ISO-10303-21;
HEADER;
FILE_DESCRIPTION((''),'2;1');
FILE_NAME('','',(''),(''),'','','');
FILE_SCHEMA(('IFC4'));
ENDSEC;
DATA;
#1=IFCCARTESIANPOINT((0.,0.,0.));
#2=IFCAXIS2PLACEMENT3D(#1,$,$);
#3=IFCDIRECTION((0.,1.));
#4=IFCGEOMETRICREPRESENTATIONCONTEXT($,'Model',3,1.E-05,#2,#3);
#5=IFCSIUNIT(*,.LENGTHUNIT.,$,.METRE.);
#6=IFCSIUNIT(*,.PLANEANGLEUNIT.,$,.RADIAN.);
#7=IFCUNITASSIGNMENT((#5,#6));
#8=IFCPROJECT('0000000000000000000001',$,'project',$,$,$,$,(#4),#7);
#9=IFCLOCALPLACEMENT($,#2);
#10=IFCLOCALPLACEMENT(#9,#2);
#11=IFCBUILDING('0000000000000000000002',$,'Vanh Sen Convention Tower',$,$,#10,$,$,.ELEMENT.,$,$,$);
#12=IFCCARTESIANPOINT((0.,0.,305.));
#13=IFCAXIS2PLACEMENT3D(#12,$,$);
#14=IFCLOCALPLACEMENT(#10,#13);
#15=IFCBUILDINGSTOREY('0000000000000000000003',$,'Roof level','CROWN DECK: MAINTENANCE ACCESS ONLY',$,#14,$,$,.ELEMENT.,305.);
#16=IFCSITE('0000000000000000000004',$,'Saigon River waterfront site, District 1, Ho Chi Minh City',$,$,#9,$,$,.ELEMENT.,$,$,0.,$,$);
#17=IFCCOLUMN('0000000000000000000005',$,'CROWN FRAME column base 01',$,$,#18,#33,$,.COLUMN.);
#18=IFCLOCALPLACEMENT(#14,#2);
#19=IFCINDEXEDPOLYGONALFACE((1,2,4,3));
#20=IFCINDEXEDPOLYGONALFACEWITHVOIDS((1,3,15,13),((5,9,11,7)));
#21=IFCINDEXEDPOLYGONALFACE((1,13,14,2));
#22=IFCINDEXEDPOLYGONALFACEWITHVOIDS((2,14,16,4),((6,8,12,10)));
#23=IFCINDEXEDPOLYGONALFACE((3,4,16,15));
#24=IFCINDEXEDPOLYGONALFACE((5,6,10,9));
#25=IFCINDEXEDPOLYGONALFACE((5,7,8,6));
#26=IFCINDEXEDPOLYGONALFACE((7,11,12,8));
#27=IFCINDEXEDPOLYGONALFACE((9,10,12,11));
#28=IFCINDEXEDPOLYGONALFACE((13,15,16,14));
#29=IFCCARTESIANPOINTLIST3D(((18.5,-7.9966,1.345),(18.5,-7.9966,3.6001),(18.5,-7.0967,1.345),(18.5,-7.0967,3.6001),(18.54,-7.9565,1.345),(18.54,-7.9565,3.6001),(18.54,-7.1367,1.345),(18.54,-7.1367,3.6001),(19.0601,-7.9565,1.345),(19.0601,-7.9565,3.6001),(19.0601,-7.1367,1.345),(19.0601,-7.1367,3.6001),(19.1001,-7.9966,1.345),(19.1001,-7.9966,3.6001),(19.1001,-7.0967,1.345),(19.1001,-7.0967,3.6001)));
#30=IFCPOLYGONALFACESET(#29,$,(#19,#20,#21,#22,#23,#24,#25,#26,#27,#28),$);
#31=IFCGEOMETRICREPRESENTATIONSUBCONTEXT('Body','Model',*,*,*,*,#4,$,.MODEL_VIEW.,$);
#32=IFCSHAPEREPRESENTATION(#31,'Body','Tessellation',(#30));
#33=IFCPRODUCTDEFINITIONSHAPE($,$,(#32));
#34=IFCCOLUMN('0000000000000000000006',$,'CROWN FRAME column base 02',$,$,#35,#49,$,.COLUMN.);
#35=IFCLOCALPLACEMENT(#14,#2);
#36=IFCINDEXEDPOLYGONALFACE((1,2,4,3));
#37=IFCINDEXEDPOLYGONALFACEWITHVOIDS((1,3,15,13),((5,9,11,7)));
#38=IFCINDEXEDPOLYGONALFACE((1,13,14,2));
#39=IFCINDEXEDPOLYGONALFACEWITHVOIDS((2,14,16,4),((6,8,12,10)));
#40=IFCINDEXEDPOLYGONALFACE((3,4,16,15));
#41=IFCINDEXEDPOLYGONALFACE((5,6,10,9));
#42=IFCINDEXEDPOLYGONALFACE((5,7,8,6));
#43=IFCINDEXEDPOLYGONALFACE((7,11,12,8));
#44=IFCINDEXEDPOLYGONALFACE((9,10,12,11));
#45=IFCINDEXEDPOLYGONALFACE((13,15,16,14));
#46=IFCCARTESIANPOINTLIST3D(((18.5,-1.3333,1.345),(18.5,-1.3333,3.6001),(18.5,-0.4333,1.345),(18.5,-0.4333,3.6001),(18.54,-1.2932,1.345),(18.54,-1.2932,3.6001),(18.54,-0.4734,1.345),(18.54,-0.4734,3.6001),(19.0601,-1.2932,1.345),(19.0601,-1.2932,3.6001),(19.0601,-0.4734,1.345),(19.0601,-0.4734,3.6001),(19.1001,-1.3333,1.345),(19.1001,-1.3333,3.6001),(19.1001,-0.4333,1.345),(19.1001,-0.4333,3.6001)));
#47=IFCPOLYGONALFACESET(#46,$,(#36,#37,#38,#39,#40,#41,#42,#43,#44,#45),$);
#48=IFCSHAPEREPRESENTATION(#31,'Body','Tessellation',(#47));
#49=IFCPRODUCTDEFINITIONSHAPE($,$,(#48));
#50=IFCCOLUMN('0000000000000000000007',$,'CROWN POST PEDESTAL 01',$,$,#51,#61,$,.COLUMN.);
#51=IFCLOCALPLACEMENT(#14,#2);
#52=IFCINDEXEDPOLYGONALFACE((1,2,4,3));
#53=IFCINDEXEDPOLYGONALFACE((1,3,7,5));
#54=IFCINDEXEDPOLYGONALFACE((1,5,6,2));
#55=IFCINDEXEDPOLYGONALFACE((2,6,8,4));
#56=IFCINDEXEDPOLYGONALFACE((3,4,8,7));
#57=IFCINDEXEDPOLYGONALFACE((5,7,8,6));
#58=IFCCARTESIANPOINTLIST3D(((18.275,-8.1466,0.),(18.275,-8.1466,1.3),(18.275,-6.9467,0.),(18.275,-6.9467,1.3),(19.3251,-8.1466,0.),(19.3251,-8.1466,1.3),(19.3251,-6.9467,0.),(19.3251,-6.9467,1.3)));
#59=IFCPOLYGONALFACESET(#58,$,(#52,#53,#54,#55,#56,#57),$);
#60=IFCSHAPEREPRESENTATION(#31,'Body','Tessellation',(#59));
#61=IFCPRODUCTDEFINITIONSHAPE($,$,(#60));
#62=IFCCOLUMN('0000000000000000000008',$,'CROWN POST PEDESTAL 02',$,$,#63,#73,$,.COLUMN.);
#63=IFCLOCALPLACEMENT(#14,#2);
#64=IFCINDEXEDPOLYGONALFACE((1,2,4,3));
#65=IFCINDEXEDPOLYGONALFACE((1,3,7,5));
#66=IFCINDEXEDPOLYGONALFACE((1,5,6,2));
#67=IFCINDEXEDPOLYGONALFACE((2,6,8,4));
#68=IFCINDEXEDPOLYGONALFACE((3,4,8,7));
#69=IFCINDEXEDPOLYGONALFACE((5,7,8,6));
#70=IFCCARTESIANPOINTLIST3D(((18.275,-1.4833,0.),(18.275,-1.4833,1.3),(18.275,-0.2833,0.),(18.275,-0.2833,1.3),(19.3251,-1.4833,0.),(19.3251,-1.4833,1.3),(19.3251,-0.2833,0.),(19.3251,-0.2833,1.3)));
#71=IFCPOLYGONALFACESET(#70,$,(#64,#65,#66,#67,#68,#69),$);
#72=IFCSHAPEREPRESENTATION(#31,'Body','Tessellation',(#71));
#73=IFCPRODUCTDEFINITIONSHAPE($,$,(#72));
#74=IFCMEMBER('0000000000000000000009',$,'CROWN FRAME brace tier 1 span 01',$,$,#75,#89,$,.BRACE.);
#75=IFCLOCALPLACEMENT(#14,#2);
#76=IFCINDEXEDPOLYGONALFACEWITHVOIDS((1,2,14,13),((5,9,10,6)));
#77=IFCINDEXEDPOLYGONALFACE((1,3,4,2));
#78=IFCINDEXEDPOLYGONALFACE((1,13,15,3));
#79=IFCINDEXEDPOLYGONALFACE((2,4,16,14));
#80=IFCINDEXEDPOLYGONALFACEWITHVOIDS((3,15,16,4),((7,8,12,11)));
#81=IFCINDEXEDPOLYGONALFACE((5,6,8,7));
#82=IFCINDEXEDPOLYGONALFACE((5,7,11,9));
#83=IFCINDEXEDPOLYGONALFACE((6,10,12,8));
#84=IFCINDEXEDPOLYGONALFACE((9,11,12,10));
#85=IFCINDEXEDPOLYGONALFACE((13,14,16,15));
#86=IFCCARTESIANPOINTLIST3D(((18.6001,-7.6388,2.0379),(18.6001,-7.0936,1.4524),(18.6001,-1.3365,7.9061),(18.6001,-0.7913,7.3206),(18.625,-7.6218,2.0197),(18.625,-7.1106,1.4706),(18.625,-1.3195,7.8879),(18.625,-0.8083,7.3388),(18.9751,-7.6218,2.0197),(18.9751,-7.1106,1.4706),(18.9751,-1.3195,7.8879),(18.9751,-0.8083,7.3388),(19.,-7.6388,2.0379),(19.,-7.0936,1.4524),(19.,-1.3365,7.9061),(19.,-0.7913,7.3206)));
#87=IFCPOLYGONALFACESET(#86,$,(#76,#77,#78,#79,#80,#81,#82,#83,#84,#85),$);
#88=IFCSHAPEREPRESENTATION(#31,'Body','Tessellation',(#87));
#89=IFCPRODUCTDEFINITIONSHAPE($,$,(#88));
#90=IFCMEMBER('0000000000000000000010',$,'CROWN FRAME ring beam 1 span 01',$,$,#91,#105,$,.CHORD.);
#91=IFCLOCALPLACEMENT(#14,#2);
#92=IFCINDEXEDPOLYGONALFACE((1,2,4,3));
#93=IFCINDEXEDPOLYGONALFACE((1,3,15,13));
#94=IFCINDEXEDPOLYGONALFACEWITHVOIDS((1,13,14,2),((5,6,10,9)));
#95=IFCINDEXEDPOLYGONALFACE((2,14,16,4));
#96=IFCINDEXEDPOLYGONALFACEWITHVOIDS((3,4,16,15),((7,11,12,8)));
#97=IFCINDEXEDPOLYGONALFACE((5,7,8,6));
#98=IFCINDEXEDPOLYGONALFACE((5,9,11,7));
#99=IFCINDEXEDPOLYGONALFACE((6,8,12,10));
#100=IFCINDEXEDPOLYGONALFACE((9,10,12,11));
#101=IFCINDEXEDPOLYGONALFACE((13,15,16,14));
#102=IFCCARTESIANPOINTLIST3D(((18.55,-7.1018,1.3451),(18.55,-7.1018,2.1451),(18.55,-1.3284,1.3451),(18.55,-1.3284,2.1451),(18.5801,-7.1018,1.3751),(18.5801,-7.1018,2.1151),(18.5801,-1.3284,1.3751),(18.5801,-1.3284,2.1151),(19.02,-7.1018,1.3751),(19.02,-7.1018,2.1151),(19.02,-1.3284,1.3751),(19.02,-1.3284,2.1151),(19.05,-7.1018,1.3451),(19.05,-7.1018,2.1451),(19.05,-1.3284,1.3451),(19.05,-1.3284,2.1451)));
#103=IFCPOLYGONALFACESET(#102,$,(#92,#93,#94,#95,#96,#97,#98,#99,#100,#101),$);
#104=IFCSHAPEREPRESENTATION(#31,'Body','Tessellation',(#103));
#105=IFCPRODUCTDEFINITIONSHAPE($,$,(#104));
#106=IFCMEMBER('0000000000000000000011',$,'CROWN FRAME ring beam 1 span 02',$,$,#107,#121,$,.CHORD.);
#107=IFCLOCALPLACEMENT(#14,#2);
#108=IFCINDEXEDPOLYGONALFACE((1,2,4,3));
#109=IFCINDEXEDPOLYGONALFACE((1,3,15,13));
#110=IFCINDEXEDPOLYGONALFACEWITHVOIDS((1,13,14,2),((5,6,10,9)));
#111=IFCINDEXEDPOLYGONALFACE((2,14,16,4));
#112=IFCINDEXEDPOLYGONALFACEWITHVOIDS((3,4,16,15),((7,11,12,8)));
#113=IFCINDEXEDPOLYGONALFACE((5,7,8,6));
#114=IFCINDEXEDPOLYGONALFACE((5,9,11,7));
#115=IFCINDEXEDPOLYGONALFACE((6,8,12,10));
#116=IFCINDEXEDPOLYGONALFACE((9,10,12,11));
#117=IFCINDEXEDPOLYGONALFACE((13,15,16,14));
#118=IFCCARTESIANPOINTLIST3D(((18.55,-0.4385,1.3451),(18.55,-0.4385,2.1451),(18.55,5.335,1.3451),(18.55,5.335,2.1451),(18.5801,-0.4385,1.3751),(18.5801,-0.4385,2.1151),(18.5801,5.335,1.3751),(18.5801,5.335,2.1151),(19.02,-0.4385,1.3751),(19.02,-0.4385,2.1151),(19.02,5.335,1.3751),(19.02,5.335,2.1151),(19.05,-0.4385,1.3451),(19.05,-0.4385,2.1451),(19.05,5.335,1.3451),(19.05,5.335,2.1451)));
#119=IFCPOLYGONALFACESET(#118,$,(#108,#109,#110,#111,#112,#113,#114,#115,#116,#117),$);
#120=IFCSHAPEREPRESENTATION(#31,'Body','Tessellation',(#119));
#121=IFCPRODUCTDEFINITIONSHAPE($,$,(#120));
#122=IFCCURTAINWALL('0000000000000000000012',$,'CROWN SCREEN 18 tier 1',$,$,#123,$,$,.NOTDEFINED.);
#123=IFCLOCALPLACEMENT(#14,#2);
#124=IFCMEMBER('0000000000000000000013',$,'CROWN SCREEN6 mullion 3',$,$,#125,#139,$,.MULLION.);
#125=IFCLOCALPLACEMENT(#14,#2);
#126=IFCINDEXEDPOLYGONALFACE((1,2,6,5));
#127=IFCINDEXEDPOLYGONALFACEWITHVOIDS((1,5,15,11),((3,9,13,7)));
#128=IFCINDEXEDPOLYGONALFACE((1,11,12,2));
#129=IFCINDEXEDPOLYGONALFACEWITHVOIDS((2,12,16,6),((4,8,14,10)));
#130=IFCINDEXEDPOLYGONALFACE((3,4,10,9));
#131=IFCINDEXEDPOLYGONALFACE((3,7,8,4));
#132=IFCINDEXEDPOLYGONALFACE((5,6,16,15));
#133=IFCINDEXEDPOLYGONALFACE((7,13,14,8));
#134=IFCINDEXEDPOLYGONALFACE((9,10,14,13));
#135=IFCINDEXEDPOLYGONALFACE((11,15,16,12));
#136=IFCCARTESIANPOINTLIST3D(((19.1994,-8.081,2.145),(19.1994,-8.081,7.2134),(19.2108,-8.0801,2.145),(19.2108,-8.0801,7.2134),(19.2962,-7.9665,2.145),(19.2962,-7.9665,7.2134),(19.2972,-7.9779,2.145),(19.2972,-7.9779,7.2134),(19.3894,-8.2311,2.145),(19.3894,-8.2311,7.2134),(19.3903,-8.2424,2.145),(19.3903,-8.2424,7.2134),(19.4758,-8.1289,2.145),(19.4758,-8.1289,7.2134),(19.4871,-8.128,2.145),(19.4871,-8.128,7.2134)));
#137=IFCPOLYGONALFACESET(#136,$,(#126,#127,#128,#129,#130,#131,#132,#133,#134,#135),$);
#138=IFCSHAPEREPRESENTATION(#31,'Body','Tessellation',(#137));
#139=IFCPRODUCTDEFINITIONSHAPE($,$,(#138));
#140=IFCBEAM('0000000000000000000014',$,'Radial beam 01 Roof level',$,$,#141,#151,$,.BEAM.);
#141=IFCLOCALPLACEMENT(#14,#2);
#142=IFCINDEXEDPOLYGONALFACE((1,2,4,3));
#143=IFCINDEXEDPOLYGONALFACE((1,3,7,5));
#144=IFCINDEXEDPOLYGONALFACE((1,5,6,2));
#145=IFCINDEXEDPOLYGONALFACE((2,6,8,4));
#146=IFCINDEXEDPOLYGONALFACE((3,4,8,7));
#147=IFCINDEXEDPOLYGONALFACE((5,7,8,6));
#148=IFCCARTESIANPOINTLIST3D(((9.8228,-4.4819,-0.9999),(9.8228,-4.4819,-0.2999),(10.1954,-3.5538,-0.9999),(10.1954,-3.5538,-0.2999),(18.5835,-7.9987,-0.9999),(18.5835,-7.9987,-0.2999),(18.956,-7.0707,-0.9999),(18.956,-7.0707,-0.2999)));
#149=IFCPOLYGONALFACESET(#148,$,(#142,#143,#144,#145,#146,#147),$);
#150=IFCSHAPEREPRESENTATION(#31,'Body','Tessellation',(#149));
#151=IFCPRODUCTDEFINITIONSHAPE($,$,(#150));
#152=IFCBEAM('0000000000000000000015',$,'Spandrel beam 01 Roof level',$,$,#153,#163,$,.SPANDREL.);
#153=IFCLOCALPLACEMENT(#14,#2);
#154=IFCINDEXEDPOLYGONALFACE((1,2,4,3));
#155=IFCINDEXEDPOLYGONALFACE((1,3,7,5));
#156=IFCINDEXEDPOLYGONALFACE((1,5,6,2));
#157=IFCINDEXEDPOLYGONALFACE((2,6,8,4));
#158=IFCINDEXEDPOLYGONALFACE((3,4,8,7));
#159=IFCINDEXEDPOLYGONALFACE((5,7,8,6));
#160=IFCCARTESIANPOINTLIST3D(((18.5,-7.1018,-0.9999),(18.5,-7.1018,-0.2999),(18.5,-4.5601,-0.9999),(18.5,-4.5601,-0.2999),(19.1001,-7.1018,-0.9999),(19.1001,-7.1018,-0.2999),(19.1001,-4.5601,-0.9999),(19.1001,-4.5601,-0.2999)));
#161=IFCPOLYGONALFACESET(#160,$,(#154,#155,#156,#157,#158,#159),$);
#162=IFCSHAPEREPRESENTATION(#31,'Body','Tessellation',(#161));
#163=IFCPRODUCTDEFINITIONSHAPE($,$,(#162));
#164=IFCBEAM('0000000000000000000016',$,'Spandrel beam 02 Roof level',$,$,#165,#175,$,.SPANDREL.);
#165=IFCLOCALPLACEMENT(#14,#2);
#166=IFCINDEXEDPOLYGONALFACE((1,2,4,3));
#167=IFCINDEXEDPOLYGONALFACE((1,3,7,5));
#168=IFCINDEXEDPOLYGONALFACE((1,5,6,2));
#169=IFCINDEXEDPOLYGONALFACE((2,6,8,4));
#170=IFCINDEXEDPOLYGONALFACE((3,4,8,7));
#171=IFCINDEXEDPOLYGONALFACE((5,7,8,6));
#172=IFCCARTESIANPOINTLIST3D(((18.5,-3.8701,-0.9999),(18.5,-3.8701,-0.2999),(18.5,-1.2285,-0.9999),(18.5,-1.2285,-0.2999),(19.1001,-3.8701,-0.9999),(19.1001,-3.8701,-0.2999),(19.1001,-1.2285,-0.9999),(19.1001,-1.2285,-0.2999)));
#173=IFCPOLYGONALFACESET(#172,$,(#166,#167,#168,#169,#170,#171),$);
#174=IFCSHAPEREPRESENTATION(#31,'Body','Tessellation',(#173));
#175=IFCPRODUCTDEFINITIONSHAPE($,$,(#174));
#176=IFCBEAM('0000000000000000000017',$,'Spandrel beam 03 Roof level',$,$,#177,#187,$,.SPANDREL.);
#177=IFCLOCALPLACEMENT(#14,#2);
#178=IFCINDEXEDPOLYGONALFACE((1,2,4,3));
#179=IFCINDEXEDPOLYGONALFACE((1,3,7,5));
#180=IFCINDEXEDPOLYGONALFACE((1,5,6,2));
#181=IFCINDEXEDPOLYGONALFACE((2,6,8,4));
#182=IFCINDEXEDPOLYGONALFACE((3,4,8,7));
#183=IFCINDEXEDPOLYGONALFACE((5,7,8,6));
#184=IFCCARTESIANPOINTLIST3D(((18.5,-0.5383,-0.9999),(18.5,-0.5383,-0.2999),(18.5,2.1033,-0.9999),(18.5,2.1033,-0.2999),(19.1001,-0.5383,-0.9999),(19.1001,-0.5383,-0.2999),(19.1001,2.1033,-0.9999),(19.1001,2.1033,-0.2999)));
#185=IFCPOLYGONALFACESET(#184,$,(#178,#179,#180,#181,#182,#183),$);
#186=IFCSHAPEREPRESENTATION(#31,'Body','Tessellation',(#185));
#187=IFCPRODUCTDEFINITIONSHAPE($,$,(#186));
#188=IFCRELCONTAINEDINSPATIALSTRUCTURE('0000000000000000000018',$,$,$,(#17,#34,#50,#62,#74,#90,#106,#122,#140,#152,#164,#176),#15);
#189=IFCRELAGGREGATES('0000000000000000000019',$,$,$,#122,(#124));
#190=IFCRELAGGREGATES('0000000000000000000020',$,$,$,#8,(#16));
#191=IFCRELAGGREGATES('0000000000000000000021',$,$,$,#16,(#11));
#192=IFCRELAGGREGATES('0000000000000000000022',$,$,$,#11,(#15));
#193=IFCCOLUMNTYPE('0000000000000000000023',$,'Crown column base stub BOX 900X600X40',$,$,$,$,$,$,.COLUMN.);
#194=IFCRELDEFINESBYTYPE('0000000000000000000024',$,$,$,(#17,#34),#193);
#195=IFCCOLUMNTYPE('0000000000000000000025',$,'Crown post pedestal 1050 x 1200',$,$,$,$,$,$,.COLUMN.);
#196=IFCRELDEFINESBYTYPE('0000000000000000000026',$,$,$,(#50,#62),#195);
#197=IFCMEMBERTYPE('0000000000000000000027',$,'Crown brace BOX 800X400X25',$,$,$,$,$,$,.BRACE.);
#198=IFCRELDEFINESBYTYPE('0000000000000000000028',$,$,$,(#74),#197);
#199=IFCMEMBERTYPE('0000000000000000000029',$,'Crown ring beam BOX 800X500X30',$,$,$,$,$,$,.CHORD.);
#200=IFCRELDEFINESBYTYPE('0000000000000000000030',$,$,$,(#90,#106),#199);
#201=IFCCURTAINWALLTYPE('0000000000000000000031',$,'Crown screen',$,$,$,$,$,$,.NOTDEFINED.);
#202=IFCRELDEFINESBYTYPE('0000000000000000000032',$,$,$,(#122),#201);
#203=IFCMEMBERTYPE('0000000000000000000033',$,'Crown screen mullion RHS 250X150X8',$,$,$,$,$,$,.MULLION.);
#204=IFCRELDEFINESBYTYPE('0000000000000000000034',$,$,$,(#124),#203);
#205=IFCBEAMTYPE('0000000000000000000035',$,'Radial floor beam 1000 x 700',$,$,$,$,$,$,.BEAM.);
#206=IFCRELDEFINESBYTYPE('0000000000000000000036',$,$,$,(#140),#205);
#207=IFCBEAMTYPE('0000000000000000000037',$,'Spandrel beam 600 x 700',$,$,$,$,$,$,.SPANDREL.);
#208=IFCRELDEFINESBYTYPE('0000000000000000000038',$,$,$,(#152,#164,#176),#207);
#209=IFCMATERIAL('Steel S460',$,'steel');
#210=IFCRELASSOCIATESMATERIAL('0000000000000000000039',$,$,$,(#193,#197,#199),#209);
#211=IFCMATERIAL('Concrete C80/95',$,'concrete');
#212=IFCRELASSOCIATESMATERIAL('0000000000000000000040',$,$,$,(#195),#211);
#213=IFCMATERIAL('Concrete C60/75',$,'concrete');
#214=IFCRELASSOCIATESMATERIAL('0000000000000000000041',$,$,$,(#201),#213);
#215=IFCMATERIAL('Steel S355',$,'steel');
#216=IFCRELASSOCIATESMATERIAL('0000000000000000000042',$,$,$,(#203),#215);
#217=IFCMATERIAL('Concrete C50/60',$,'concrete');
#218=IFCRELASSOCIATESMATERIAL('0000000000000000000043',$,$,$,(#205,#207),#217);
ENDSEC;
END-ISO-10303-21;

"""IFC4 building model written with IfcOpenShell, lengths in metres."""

from ifc_helpers import new_model, si_unit, direction, frame, origin, origin_2d, place, context, subcontext, project, spatial, rectangle, hollow_rectangle, extrude, material, material_profile, profile_set, type_object, element, aggregate, save


model = new_model("IFC4")

# Units and contexts
model_context = context("Model", 3, precision=1e-05, world=origin(), true_north=direction((0.0, 1.0)))
body_context = subcontext(model_context, "Body", "Model", "MODEL_VIEW")
ifc_project = project(units=[si_unit("LENGTHUNIT", "METRE"), si_unit("PLANEANGLEUNIT", "RADIAN")], contexts=[model_context])

# Site, building, storey
site_placement = place(None, origin())
site = spatial("IfcSite", under=ifc_project, at=site_placement, Name="Saigon River waterfront site, District 1, Ho Chi Minh City", CompositionType="ELEMENT", RefElevation=0.0)
building_placement = place(site_placement, origin())
building = spatial("IfcBuilding", under=site, at=building_placement, Name="Vanh Sen Convention Tower", CompositionType="ELEMENT")
storey_placement = place(building_placement, frame((0.0, 0.0, 305.0)))
storey = spatial("IfcBuildingStorey", under=building, at=storey_placement, Name="Roof level", Description="CROWN DECK: MAINTENANCE ACCESS ONLY", CompositionType="ELEMENT", Elevation=305.0)

# Columns
ifc_material_1 = material(Name="Steel S460", Category="steel")
ifc_material_profile_1 = material_profile(ifc_material_1, hollow_rectangle(XDim=0.6001, YDim=0.8999, WallThickness=0.04, at=origin_2d()), Name="BOX 900X600X40")
ifc_profile_set_1 = profile_set([ifc_material_profile_1], Name="Steel S460")
column_type_1 = type_object("IfcColumnType", Name="Crown column base stub BOX 900X600X40", PredefinedType="COLUMN", material=ifc_profile_set_1)
for number, where, z_axis, x_axis, name in (
    (1, (18.8, -7.5466, 1.345), (0.0, 0.0, 1.0), (-1.0, 0.0, 0.0), "CROWN FRAME column base 01"),
    (2, (18.8, -0.8833, 1.345), (0.0, 0.0, 1.0), (-1.0, 0.0, 0.0), "CROWN FRAME column base 02"),
):
    element("IfcColumn", number, at=place(storey_placement, frame(where, z_axis=z_axis, x_axis=x_axis)), inside=storey, type_object=column_type_1, Name=name, PredefinedType="COLUMN", context=body_context, shape_type="SweptSolid", body=[
        extrude(hollow_rectangle(XDim=0.6001, YDim=0.8999, WallThickness=0.04, at=origin_2d()), origin(), (0.0, 0.0, 1.0), 2.2551),
    ])
ifc_material_2 = material(Name="Concrete C80/95", Category="concrete")
ifc_material_profile_2 = material_profile(ifc_material_2, rectangle(XDim=1.05, YDim=1.2, at=origin_2d()), Name="RC 1050X1200")
ifc_profile_set_2 = profile_set([ifc_material_profile_2], Name="Concrete C80/95")
column_type_2 = type_object("IfcColumnType", Name="Crown post pedestal 1050 x 1200", PredefinedType="COLUMN", material=ifc_profile_set_2)
for number, where, z_axis, x_axis, name in (
    (3, (18.8, -7.5466, 0.0), (0.0, 0.0, 1.0), (-1.0, 0.0, 0.0), "CROWN POST PEDESTAL 01"),
    (4, (18.8, -0.8833, 0.0), (0.0, 0.0, 1.0), (-1.0, 0.0, 0.0), "CROWN POST PEDESTAL 02"),
):
    element("IfcColumn", number, at=place(storey_placement, frame(where, z_axis=z_axis, x_axis=x_axis)), inside=storey, type_object=column_type_2, Name=name, PredefinedType="COLUMN", context=body_context, shape_type="SweptSolid", body=[
        extrude(rectangle(XDim=1.05, YDim=1.2, at=origin_2d()), origin(), (0.0, 0.0, 1.0), 1.3),
    ])

# Members
ifc_material_profile_3 = material_profile(ifc_material_1, hollow_rectangle(XDim=0.3999, YDim=0.8, WallThickness=0.0249, at=origin_2d()), Name="BOX 800X400X25")
ifc_profile_set_3 = profile_set([ifc_material_profile_3], Name="Steel S460")
member_type_1 = type_object("IfcMemberType", Name="Crown brace BOX 800X400X25", PredefinedType="BRACE", material=ifc_profile_set_3)
member_1_placement = place(storey_placement, frame((18.8, -7.3662, 1.7451), z_axis=(0.0, 0.731862, 0.681453), x_axis=(-1.0, 0.0, 0.0)))
element("IfcMember", 5, at=member_1_placement, inside=storey, type_object=member_type_1, Name="CROWN FRAME brace tier 1 span 01", PredefinedType="BRACE", context=body_context, shape_type="SweptSolid", body=[
    extrude(hollow_rectangle(XDim=0.3999, YDim=0.8, WallThickness=0.0249, at=origin_2d()), origin(), (0.0, 0.0, 1.0), 8.6113),
])
ifc_material_profile_4 = material_profile(ifc_material_1, hollow_rectangle(XDim=0.5, YDim=0.8, WallThickness=0.03, at=origin_2d()), Name="BOX 800X500X30")
ifc_profile_set_4 = profile_set([ifc_material_profile_4], Name="Steel S460")
member_type_2 = type_object("IfcMemberType", Name="Crown ring beam BOX 800X500X30", PredefinedType="CHORD", material=ifc_profile_set_4)
for number, where, z_axis, x_axis, name in (
    (6, (18.8, -7.1018, 1.7451), (0.0, 1.0, 0.0), (-1.0, 0.0, 0.0), "CROWN FRAME ring beam 1 span 01"),
    (7, (18.8, -0.4385, 1.7451), (0.0, 1.0, 0.0), (-1.0, 0.0, 0.0), "CROWN FRAME ring beam 1 span 02"),
):
    element("IfcMember", number, at=place(storey_placement, frame(where, z_axis=z_axis, x_axis=x_axis)), inside=storey, type_object=member_type_2, Name=name, PredefinedType="CHORD", context=body_context, shape_type="SweptSolid", body=[
        extrude(hollow_rectangle(XDim=0.5, YDim=0.8, WallThickness=0.03, at=origin_2d()), origin(), (0.0, 0.0, 1.0), 5.7734),
    ])

# Curtain wall, member
ifc_material_3 = material(Name="Concrete C60/75", Category="concrete")
curtain_wall_type = type_object("IfcCurtainWallType", Name="Crown screen", PredefinedType="NOTDEFINED", material=ifc_material_3)
curtain_wall_placement = place(storey_placement, origin())
curtain_wall = element("IfcCurtainWall", 8, at=curtain_wall_placement, inside=storey, type_object=curtain_wall_type, Name="CROWN SCREEN 18 tier 1", PredefinedType="NOTDEFINED")
ifc_material_4 = material(Name="Steel S355", Category="steel")
ifc_material_profile_5 = material_profile(ifc_material_4, hollow_rectangle(XDim=0.25, YDim=0.1499, WallThickness=0.0081, at=origin_2d()), Name="RHS 250X150X8")
ifc_profile_set_5 = profile_set([ifc_material_profile_5], Name="Steel S355")
member_type_3 = type_object("IfcMemberType", Name="Crown screen mullion RHS 250X150X8", PredefinedType="MULLION", material=ifc_profile_set_5)
member_2_placement = place(storey_placement, frame((19.3433, -8.1045, 2.145), z_axis=(0.0, 0.0, 1.0), x_axis=(-0.763535, 0.645766, 0.0)))
member_2 = element("IfcMember", 9, at=member_2_placement, type_object=member_type_3, Name="CROWN SCREEN6 mullion 3", PredefinedType="MULLION", context=body_context, shape_type="SweptSolid", body=[
    extrude(hollow_rectangle(XDim=0.25, YDim=0.1499, WallThickness=0.0081, at=origin_2d()), origin(), (0.0, 0.0, 1.0), 5.0684),
])
aggregate(curtain_wall, [member_2])

# Beams
ifc_material_5 = material(Name="Concrete C50/60", Category="concrete")
ifc_material_profile_6 = material_profile(ifc_material_5, rectangle(XDim=1.0, YDim=0.7, at=origin_2d()), Name="RC 1000X700")
ifc_profile_set_6 = profile_set([ifc_material_profile_6], Name="Concrete C50/60")
beam_type_1 = type_object("IfcBeamType", Name="Radial floor beam 1000 x 700", PredefinedType="BEAM", material=ifc_profile_set_6)
beam_1_placement = place(storey_placement, frame((18.7698, -7.5347, -0.6499), z_axis=(-0.928018, 0.372536, 0.0), x_axis=(-0.372536, -0.928018, 0.0)))
element("IfcBeam", 10, at=beam_1_placement, inside=storey, type_object=beam_type_1, Name="Radial beam 01 Roof level", PredefinedType="BEAM", context=body_context, shape_type="SweptSolid", body=[
    extrude(rectangle(XDim=1.0, YDim=0.7, at=origin_2d()), origin(), (0.0, 0.0, 1.0), 9.4402),
])
ifc_material_profile_7 = material_profile(ifc_material_5, rectangle(XDim=0.6001, YDim=0.7, at=origin_2d()), Name="RC 600X700")
ifc_profile_set_7 = profile_set([ifc_material_profile_7], Name="Concrete C50/60")
beam_type_2 = type_object("IfcBeamType", Name="Spandrel beam 600 x 700", PredefinedType="SPANDREL", material=ifc_profile_set_7)
beam_2_placement = place(storey_placement, frame((18.8, -7.1018, -0.6499), z_axis=(0.0, 1.0, 0.0), x_axis=(-1.0, 0.0, 0.0)))
element("IfcBeam", 11, at=beam_2_placement, inside=storey, type_object=beam_type_2, Name="Spandrel beam 01 Roof level", PredefinedType="SPANDREL", context=body_context, shape_type="SweptSolid", body=[
    extrude(rectangle(XDim=0.6001, YDim=0.7, at=origin_2d()), origin(), (0.0, 0.0, 1.0), 2.5417),
])
for number, where, z_axis, x_axis, name in (
    (12, (18.8, -3.8701, -0.6499), (0.0, 1.0, 0.0), (-1.0, 0.0, 0.0), "Spandrel beam 02 Roof level"),
    (13, (18.8, -0.5383, -0.6499), (0.0, 1.0, 0.0), (-1.0, 0.0, 0.0), "Spandrel beam 03 Roof level"),
):
    element("IfcBeam", number, at=place(storey_placement, frame(where, z_axis=z_axis, x_axis=x_axis)), inside=storey, type_object=beam_type_2, Name=name, PredefinedType="SPANDREL", context=body_context, shape_type="SweptSolid", body=[
        extrude(rectangle(XDim=0.6001, YDim=0.7, at=origin_2d()), origin(), (0.0, 0.0, 1.0), 2.6416),
    ])

save(model, "model.ifc")
